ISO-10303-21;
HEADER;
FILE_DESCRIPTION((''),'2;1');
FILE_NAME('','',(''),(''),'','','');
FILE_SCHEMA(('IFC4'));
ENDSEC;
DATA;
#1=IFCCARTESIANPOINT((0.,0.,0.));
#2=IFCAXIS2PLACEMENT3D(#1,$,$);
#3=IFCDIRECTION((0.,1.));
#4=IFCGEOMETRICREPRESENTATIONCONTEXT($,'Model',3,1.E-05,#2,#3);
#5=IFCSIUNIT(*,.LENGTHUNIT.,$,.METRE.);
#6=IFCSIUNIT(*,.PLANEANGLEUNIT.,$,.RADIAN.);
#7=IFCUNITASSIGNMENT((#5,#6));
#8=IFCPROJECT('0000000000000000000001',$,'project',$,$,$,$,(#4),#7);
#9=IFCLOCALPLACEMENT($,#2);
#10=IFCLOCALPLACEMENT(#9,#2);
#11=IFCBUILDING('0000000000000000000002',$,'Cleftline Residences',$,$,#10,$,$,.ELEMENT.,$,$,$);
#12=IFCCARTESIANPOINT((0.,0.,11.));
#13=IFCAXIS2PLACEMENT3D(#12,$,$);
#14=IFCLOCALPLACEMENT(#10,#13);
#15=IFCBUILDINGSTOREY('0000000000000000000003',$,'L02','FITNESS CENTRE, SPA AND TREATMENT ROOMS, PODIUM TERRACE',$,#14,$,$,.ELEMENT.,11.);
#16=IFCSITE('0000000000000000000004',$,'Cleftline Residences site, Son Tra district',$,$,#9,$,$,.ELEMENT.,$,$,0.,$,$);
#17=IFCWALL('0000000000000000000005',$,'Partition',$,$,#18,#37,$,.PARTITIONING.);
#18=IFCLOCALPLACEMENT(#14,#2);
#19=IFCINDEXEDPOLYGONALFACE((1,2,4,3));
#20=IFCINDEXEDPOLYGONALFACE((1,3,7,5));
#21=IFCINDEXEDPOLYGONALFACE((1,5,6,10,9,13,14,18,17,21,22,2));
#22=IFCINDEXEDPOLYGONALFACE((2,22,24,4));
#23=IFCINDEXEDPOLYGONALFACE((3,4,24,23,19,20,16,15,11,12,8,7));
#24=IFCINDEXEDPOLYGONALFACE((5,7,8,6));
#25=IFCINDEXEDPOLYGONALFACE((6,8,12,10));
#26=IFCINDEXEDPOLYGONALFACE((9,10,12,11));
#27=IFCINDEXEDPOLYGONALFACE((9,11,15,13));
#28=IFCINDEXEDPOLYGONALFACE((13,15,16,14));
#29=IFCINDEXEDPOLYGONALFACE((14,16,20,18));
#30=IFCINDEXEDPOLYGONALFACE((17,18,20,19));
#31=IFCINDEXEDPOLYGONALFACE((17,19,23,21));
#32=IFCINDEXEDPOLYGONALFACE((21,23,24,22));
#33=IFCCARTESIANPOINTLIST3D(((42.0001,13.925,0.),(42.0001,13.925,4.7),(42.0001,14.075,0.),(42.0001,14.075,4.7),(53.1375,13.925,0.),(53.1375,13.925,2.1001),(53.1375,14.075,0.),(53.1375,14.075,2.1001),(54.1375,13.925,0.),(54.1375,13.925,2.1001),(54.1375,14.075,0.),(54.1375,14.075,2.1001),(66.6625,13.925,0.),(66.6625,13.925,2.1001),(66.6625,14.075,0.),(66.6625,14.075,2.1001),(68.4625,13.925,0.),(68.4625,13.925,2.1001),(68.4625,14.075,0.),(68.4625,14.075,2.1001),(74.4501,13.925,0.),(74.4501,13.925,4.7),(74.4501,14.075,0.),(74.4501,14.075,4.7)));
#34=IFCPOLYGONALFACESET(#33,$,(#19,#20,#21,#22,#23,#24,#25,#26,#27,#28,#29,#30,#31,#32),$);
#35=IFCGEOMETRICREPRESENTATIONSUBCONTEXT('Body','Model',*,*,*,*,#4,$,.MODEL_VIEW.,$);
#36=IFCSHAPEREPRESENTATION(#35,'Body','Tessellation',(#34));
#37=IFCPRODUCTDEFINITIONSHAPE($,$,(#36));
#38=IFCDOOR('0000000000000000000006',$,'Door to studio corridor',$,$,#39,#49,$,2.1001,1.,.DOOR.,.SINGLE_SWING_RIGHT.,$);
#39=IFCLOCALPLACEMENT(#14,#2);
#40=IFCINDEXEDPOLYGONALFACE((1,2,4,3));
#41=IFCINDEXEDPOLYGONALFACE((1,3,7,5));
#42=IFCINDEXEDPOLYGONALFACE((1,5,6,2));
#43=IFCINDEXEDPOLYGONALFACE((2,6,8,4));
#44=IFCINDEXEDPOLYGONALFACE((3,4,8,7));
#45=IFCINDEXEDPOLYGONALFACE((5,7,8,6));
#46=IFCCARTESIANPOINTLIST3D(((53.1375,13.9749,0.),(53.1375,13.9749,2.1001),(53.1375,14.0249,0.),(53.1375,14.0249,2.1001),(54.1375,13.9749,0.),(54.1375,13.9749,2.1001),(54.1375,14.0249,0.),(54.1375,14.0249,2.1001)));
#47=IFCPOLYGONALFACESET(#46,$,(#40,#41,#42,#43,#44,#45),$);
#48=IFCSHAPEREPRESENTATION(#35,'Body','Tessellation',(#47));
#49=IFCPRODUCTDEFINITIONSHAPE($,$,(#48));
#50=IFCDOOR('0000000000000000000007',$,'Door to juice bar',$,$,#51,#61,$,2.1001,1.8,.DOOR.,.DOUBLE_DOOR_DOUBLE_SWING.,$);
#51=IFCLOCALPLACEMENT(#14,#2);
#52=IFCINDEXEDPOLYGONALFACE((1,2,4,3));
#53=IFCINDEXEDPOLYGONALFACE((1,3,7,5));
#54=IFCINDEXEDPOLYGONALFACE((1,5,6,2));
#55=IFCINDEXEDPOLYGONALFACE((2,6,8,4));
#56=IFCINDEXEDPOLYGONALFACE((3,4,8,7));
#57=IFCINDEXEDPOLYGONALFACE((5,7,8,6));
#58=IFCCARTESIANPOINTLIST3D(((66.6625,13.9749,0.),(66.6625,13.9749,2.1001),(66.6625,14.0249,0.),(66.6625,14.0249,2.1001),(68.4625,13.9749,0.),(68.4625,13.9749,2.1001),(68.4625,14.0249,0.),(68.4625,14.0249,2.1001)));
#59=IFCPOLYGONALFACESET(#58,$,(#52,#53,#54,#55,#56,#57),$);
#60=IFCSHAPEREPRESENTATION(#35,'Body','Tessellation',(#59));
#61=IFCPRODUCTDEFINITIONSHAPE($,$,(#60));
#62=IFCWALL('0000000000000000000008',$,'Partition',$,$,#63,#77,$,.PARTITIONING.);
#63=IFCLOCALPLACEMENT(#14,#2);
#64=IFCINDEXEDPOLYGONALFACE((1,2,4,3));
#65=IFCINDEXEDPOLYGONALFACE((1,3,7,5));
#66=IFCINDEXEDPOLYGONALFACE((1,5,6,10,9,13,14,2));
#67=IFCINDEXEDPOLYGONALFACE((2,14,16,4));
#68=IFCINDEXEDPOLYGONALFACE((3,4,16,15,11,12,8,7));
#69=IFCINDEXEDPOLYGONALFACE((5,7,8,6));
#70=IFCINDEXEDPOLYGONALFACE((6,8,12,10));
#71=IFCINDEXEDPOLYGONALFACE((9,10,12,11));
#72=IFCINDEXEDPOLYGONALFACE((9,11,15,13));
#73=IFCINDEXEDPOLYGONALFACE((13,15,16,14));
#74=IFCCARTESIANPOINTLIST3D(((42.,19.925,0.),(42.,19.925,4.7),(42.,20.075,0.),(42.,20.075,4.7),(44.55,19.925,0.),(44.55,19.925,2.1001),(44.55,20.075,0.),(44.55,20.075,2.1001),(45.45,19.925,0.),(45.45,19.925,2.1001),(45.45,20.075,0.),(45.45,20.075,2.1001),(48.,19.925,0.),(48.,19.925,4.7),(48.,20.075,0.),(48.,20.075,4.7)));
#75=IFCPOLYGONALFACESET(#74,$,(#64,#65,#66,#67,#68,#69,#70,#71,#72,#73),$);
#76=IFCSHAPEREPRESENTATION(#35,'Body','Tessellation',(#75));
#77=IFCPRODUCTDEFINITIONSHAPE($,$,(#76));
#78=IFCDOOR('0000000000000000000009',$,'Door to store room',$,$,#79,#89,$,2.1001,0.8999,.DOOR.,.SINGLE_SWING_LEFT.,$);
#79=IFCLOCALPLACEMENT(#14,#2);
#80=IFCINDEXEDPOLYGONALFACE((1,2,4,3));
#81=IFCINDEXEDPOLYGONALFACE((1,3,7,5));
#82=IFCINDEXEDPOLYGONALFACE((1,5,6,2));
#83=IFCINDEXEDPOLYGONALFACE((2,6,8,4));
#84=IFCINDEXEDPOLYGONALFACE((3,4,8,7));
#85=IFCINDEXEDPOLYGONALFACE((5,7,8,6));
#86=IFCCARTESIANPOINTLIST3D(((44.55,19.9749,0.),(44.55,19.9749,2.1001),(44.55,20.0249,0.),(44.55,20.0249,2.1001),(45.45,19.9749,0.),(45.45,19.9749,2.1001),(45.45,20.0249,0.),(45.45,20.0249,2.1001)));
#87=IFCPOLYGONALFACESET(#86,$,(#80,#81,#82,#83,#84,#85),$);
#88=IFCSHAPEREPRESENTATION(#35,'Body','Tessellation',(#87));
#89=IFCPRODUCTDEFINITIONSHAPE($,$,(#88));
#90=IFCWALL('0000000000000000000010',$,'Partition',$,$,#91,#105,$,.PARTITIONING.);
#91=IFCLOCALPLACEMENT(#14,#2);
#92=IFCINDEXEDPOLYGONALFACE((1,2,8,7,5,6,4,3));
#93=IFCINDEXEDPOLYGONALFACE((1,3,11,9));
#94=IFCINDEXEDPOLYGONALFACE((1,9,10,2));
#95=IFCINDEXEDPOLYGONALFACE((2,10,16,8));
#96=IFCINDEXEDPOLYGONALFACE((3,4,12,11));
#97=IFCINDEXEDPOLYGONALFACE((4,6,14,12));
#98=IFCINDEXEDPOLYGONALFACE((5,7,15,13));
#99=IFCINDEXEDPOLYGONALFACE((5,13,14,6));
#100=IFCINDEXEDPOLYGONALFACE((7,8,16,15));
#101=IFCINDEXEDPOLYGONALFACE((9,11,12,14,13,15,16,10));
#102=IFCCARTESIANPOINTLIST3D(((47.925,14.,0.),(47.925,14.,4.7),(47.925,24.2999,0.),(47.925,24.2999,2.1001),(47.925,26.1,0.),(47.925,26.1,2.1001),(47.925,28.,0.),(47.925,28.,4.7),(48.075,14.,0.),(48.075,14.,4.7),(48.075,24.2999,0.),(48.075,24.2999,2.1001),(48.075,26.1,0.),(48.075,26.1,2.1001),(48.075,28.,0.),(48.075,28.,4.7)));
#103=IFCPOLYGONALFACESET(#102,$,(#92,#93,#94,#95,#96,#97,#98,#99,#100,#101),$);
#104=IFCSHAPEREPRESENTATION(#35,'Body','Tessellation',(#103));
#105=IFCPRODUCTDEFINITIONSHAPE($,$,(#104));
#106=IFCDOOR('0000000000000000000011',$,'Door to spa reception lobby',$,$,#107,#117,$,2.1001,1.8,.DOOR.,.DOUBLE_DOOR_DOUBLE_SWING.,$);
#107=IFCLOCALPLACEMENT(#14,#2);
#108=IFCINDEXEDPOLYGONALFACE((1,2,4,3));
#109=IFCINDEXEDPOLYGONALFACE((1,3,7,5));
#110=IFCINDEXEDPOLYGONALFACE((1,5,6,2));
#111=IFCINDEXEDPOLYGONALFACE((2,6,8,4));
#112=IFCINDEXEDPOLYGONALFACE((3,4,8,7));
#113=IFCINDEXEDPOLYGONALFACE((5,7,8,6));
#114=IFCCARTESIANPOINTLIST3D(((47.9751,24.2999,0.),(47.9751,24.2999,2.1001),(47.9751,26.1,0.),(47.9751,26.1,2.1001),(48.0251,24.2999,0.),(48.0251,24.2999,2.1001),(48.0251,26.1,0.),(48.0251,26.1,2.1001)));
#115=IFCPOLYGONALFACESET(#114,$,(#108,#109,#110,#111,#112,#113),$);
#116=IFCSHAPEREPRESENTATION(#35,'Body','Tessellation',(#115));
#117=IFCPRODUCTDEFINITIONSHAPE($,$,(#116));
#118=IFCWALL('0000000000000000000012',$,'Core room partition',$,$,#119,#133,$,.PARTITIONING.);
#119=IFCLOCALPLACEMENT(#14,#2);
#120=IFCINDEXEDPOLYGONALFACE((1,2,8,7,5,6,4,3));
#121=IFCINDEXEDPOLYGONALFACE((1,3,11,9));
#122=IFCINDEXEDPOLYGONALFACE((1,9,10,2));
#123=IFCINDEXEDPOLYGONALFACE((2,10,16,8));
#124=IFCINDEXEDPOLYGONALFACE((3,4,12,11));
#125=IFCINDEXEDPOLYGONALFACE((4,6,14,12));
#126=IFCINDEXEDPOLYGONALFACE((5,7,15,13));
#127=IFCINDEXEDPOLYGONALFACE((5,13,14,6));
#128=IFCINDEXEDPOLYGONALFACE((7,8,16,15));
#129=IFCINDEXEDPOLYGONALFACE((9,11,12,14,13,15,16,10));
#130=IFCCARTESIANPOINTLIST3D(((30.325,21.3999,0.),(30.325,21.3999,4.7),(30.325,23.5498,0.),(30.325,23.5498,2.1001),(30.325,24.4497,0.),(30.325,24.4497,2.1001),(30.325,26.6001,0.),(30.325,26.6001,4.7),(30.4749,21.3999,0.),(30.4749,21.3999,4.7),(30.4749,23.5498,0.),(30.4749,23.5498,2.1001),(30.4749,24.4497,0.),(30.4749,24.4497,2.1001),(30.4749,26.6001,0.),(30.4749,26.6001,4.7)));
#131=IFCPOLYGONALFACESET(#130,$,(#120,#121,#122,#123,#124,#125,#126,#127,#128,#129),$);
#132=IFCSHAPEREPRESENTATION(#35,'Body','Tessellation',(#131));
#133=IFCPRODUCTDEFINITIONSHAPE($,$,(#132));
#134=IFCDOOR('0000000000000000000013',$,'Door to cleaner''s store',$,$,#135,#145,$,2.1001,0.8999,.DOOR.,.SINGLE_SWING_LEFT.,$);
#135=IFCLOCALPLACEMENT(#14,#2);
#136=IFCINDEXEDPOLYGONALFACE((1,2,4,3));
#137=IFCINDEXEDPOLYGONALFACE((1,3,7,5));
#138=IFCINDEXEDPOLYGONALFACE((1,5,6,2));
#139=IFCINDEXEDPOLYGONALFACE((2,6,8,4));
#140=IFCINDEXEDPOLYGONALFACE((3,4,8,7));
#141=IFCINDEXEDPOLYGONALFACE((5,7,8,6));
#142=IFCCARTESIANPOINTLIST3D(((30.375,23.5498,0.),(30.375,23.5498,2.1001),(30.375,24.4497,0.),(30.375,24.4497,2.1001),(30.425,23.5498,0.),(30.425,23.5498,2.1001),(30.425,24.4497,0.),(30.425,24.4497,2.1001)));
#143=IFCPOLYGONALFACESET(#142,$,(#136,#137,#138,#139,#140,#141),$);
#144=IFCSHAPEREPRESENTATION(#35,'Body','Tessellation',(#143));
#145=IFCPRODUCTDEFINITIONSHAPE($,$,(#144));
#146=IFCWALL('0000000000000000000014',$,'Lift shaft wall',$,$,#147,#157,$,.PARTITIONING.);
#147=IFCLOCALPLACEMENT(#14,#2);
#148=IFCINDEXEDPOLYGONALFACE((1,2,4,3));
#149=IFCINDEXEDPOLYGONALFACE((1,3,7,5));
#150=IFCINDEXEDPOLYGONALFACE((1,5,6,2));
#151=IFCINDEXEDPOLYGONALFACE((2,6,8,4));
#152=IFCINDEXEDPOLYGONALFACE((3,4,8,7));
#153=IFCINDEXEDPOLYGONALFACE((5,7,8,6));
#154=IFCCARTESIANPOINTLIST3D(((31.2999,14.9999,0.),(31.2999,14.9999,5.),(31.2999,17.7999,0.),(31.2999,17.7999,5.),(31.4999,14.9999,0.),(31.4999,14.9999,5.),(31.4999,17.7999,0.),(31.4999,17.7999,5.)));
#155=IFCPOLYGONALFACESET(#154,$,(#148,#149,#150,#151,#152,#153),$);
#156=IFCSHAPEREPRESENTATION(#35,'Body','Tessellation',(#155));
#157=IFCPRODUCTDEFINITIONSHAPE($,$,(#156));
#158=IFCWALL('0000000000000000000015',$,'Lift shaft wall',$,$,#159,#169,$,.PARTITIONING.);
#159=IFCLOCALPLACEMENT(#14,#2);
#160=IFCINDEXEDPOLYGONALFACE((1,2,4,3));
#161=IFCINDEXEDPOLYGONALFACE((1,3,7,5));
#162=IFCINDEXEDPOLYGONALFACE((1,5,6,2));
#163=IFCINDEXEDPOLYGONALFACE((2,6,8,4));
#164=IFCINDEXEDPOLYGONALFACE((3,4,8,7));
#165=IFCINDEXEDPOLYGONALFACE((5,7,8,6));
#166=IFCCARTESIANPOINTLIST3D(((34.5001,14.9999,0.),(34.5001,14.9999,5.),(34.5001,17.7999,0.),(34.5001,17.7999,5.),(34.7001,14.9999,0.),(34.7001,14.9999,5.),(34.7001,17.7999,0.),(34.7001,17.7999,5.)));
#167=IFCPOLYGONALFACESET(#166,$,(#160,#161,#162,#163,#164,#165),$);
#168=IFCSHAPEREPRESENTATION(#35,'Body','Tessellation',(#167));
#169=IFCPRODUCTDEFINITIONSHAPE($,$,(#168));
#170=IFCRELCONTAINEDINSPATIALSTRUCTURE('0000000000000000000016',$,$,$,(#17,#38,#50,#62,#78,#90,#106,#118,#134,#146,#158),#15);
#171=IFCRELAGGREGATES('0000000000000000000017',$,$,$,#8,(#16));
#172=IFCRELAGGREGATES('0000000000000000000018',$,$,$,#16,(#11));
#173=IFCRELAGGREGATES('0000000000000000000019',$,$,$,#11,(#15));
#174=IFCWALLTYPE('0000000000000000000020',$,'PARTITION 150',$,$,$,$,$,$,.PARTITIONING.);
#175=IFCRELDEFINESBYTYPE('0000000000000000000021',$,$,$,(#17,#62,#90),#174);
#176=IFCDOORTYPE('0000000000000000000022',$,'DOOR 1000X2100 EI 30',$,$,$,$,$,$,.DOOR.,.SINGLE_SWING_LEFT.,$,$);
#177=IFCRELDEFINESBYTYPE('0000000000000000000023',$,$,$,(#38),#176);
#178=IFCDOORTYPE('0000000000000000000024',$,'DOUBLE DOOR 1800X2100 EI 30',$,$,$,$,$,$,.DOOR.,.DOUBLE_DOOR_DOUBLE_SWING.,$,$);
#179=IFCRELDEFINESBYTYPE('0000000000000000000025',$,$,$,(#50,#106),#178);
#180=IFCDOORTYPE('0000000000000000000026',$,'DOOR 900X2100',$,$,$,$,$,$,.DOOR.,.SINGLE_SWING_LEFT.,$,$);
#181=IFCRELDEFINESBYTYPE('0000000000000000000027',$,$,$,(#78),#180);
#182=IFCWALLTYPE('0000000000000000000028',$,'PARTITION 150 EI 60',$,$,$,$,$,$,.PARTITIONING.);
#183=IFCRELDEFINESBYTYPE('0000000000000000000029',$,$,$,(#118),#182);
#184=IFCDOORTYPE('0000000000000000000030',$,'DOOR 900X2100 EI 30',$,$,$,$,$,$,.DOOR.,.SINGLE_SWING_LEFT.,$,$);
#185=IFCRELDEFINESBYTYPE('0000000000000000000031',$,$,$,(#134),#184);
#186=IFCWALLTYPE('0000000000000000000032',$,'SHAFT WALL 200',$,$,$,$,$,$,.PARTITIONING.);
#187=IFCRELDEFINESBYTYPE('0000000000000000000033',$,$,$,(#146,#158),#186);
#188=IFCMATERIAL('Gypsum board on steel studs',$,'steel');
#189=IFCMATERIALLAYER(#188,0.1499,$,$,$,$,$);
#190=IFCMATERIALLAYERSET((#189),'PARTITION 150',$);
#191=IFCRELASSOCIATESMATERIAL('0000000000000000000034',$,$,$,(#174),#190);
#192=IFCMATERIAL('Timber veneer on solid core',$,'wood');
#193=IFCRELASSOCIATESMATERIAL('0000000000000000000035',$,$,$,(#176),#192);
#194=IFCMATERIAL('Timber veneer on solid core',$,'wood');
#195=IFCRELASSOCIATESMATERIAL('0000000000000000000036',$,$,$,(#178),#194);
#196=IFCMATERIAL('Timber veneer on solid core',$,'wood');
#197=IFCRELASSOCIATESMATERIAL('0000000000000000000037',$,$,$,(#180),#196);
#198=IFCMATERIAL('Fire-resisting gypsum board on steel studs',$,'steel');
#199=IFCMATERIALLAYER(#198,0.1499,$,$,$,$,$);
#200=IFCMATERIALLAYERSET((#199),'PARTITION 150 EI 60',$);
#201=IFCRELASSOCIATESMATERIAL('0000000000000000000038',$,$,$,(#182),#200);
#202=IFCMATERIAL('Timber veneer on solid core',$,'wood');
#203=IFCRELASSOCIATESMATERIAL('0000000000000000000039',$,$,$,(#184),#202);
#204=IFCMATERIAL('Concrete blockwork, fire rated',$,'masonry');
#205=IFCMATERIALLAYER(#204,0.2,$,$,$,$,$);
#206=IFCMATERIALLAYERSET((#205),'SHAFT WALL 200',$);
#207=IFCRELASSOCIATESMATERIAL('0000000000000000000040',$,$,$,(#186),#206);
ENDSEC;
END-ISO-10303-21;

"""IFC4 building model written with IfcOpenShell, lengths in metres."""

from ifc_helpers import new_model, si_unit, direction, frame, frame_2d, origin, place, context, subcontext, project, spatial, rectangle, extrude, material, layer, layer_set, type_object, element, fill, save


model = new_model("IFC4")

# Units and contexts
model_context = context("Model", 3, precision=1e-05, world=origin(), true_north=direction((0.0, 1.0)))
body_context = subcontext(model_context, "Body", "Model", "MODEL_VIEW")
ifc_project = project(units=[si_unit("LENGTHUNIT", "METRE"), si_unit("PLANEANGLEUNIT", "RADIAN")], contexts=[model_context])

# Site, building, storey
site_placement = place(None, origin())
site = spatial("IfcSite", under=ifc_project, at=site_placement, Name="Cleftline Residences site, Son Tra district", CompositionType="ELEMENT", RefElevation=0.0)
building_placement = place(site_placement, origin())
building = spatial("IfcBuilding", under=site, at=building_placement, Name="Cleftline Residences", CompositionType="ELEMENT")
storey_placement = place(building_placement, frame((0.0, 0.0, 11.0)))
storey = spatial("IfcBuildingStorey", under=building, at=storey_placement, Name="L02", Description="FITNESS CENTRE, SPA AND TREATMENT ROOMS, PODIUM TERRACE", CompositionType="ELEMENT", Elevation=11.0)

# Shared definitions
ifc_material_1 = material(Name="Gypsum board on steel studs", Category="steel")
ifc_layer_1 = layer(ifc_material_1, 0.1499)
ifc_layer_set_1 = layer_set([ifc_layer_1], Name="PARTITION 150")
wall_type_1 = type_object("IfcWallType", Name="PARTITION 150", PredefinedType="PARTITIONING", material=ifc_layer_set_1)

# Wall, openings, doors
wall_1_placement = place(storey_placement, frame((42.0, 14.0, 0.0), z_axis=(0.0, 0.0, 1.0), x_axis=(1.0, 0.0, 0.0)))
wall_1 = element("IfcWall", 1, at=wall_1_placement, inside=storey, type_object=wall_type_1, Name="Partition", PredefinedType="PARTITIONING", context=body_context, shape_type="SweptSolid", body=[
    extrude(rectangle(XDim=32.45, YDim=0.1499, at=frame_2d((16.2251, 0.0))), origin(), (0.0, 0.0, 1.0), 4.7),
])
opening_1_placement = place(wall_1_placement, frame((11.1375, 0.0, 0.0)))
opening_1 = element("IfcOpeningElement", 2, at=opening_1_placement, cuts=wall_1, PredefinedType="OPENING", context=body_context, shape_type="SweptSolid", body=[
    extrude(rectangle(XDim=1.0, YDim=2.1001, at=frame_2d((0.5, 1.05))), frame((0.0, 0.085, 0.0), z_axis=(0.0, -1.0, 0.0), x_axis=(1.0, 0.0, 0.0)), (0.0, 0.0, 1.0), 0.1699),
])
opening_2_placement = place(wall_1_placement, frame((24.6626, 0.0, 0.0)))
opening_2 = element("IfcOpeningElement", 3, at=opening_2_placement, cuts=wall_1, PredefinedType="OPENING", context=body_context, shape_type="SweptSolid", body=[
    extrude(rectangle(XDim=1.8, YDim=2.1001, at=frame_2d((0.8999, 1.05))), frame((0.0, 0.085, 0.0), z_axis=(0.0, -1.0, 0.0), x_axis=(1.0, 0.0, 0.0)), (0.0, 0.0, 1.0), 0.1699),
])
ifc_material_2 = material(Name="Timber veneer on solid core", Category="wood")
door_type_1 = type_object("IfcDoorType", Name="DOOR 1000X2100 EI 30", OperationType="SINGLE_SWING_LEFT", PredefinedType="DOOR", material=ifc_material_2)
door_1_placement = place(opening_1_placement, origin())
door_1 = element("IfcDoor", 4, at=door_1_placement, inside=storey, type_object=door_type_1, Name="Door to studio corridor", OperationType="SINGLE_SWING_RIGHT", OverallHeight=2.1001, OverallWidth=1.0, PredefinedType="DOOR", context=body_context, shape_type="SweptSolid", body=[
    extrude(rectangle(XDim=1.0, YDim=2.1001, at=frame_2d((0.5, 1.05))), frame((0.0, 0.0249, 0.0), z_axis=(0.0, -1.0, 0.0), x_axis=(1.0, 0.0, 0.0)), (0.0, 0.0, 1.0), 0.05),
])
fill(opening_1, door_1)
ifc_material_3 = material(Name="Timber veneer on solid core", Category="wood")
door_type_2 = type_object("IfcDoorType", Name="DOUBLE DOOR 1800X2100 EI 30", OperationType="DOUBLE_DOOR_DOUBLE_SWING", PredefinedType="DOOR", material=ifc_material_3)
door_2_placement = place(opening_2_placement, origin())
door_2 = element("IfcDoor", 5, at=door_2_placement, inside=storey, type_object=door_type_2, Name="Door to juice bar", OperationType="DOUBLE_DOOR_DOUBLE_SWING", OverallHeight=2.1001, OverallWidth=1.8, PredefinedType="DOOR", context=body_context, shape_type="SweptSolid", body=[
    extrude(rectangle(XDim=1.8, YDim=2.1001, at=frame_2d((0.8999, 1.05))), frame((0.0, 0.0249, 0.0), z_axis=(0.0, -1.0, 0.0), x_axis=(1.0, 0.0, 0.0)), (0.0, 0.0, 1.0), 0.05),
])
fill(opening_2, door_2)

# Walls, openings, doors
wall_2_placement = place(storey_placement, frame((42.0, 20.0, 0.0), z_axis=(0.0, 0.0, 1.0), x_axis=(1.0, 0.0, 0.0)))
wall_2 = element("IfcWall", 6, at=wall_2_placement, inside=storey, type_object=wall_type_1, Name="Partition", PredefinedType="PARTITIONING", context=body_context, shape_type="SweptSolid", body=[
    extrude(rectangle(XDim=6.0, YDim=0.1499, at=frame_2d((3.0, 0.0))), origin(), (0.0, 0.0, 1.0), 4.7),
])
opening_3_placement = place(wall_2_placement, frame((2.55, 0.0, 0.0)))
opening_3 = element("IfcOpeningElement", 7, at=opening_3_placement, cuts=wall_2, PredefinedType="OPENING", context=body_context, shape_type="SweptSolid", body=[
    extrude(rectangle(XDim=0.8999, YDim=2.1001, at=frame_2d((0.45, 1.05))), frame((0.0, 0.085, 0.0), z_axis=(0.0, -1.0, 0.0), x_axis=(1.0, 0.0, 0.0)), (0.0, 0.0, 1.0), 0.1699),
])
ifc_material_4 = material(Name="Timber veneer on solid core", Category="wood")
door_type_3 = type_object("IfcDoorType", Name="DOOR 900X2100", OperationType="SINGLE_SWING_LEFT", PredefinedType="DOOR", material=ifc_material_4)
door_3_placement = place(opening_3_placement, origin())
door_3 = element("IfcDoor", 8, at=door_3_placement, inside=storey, type_object=door_type_3, Name="Door to store room", OperationType="SINGLE_SWING_LEFT", OverallHeight=2.1001, OverallWidth=0.8999, PredefinedType="DOOR", context=body_context, shape_type="SweptSolid", body=[
    extrude(rectangle(XDim=0.8999, YDim=2.1001, at=frame_2d((0.45, 1.05))), frame((0.0, 0.0249, 0.0), z_axis=(0.0, -1.0, 0.0), x_axis=(1.0, 0.0, 0.0)), (0.0, 0.0, 1.0), 0.05),
])
fill(opening_3, door_3)
wall_3_placement = place(storey_placement, frame((48.0, 14.0, 0.0), z_axis=(0.0, 0.0, 1.0), x_axis=(0.0, 1.0, 0.0)))
wall_3 = element("IfcWall", 9, at=wall_3_placement, inside=storey, type_object=wall_type_1, Name="Partition", PredefinedType="PARTITIONING", context=body_context, shape_type="SweptSolid", body=[
    extrude(rectangle(XDim=14.0, YDim=0.1499, at=frame_2d((7.0, 0.0))), origin(), (0.0, 0.0, 1.0), 4.7),
])
opening_4_placement = place(wall_3_placement, frame((10.3, 0.0, 0.0)))
opening_4 = element("IfcOpeningElement", 10, at=opening_4_placement, cuts=wall_3, PredefinedType="OPENING", context=body_context, shape_type="SweptSolid", body=[
    extrude(rectangle(XDim=1.8, YDim=2.1001, at=frame_2d((0.8999, 1.05))), frame((0.0, 0.085, 0.0), z_axis=(0.0, -1.0, 0.0), x_axis=(1.0, 0.0, 0.0)), (0.0, 0.0, 1.0), 0.1699),
])
door_4_placement = place(opening_4_placement, origin())
door_4 = element("IfcDoor", 11, at=door_4_placement, inside=storey, type_object=door_type_2, Name="Door to spa reception lobby", OperationType="DOUBLE_DOOR_DOUBLE_SWING", OverallHeight=2.1001, OverallWidth=1.8, PredefinedType="DOOR", context=body_context, shape_type="SweptSolid", body=[
    extrude(rectangle(XDim=1.8, YDim=2.1001, at=frame_2d((0.8999, 1.05))), frame((0.0, 0.0249, 0.0), z_axis=(0.0, -1.0, 0.0), x_axis=(1.0, 0.0, 0.0)), (0.0, 0.0, 1.0), 0.05),
])
fill(opening_4, door_4)
ifc_material_5 = material(Name="Fire-resisting gypsum board on steel studs", Category="steel")
ifc_layer_2 = layer(ifc_material_5, 0.1499)
ifc_layer_set_2 = layer_set([ifc_layer_2], Name="PARTITION 150 EI 60")
wall_type_2 = type_object("IfcWallType", Name="PARTITION 150 EI 60", PredefinedType="PARTITIONING", material=ifc_layer_set_2)
wall_4_placement = place(storey_placement, frame((30.3999, 21.3999, 0.0), z_axis=(0.0, 0.0, 1.0), x_axis=(0.0, 1.0, 0.0)))
wall_4 = element("IfcWall", 12, at=wall_4_placement, inside=storey, type_object=wall_type_2, Name="Core room partition", PredefinedType="PARTITIONING", context=body_context, shape_type="SweptSolid", body=[
    extrude(rectangle(XDim=5.2002, YDim=0.1499, at=frame_2d((2.6001, 0.0))), origin(), (0.0, 0.0, 1.0), 4.7),
])
opening_5_placement = place(wall_4_placement, frame((2.1499, 0.0, 0.0)))
opening_5 = element("IfcOpeningElement", 13, at=opening_5_placement, cuts=wall_4, PredefinedType="OPENING", context=body_context, shape_type="SweptSolid", body=[
    extrude(rectangle(XDim=0.8999, YDim=2.1001, at=frame_2d((0.45, 1.05))), frame((0.0, 0.085, 0.0), z_axis=(0.0, -1.0, 0.0), x_axis=(1.0, 0.0, 0.0)), (0.0, 0.0, 1.0), 0.1699),
])
ifc_material_6 = material(Name="Timber veneer on solid core", Category="wood")
door_type_4 = type_object("IfcDoorType", Name="DOOR 900X2100 EI 30", OperationType="SINGLE_SWING_LEFT", PredefinedType="DOOR", material=ifc_material_6)
door_5_placement = place(opening_5_placement, origin())
door_5 = element("IfcDoor", 14, at=door_5_placement, inside=storey, type_object=door_type_4, Name="Door to cleaner's store", OperationType="SINGLE_SWING_LEFT", OverallHeight=2.1001, OverallWidth=0.8999, PredefinedType="DOOR", context=body_context, shape_type="SweptSolid", body=[
    extrude(rectangle(XDim=0.8999, YDim=2.1001, at=frame_2d((0.45, 1.05))), frame((0.0, 0.0249, 0.0), z_axis=(0.0, -1.0, 0.0), x_axis=(1.0, 0.0, 0.0)), (0.0, 0.0, 1.0), 0.05),
])
fill(opening_5, door_5)

# Walls
ifc_material_7 = material(Name="Concrete blockwork, fire rated", Category="masonry")
ifc_layer_3 = layer(ifc_material_7, 0.2)
ifc_layer_set_3 = layer_set([ifc_layer_3], Name="SHAFT WALL 200")
wall_type_3 = type_object("IfcWallType", Name="SHAFT WALL 200", PredefinedType="PARTITIONING", material=ifc_layer_set_3)
for number, where, z_axis, x_axis, name in (
    (15, (31.3999, 15.0, 0.0), (0.0, 0.0, 1.0), (0.0, 1.0, 0.0), "Lift shaft wall"),
    (16, (34.6001, 15.0, 0.0), (0.0, 0.0, 1.0), (0.0, 1.0, 0.0), "Lift shaft wall"),
):
    element("IfcWall", number, at=place(storey_placement, frame(where, z_axis=z_axis, x_axis=x_axis)), inside=storey, type_object=wall_type_3, Name=name, PredefinedType="PARTITIONING", context=body_context, shape_type="SweptSolid", body=[
        extrude(rectangle(XDim=2.8, YDim=0.2, at=frame_2d((1.3999, 0.0))), origin(), (0.0, 0.0, 1.0), 5.0),
    ])

save(model, "model.ifc")
